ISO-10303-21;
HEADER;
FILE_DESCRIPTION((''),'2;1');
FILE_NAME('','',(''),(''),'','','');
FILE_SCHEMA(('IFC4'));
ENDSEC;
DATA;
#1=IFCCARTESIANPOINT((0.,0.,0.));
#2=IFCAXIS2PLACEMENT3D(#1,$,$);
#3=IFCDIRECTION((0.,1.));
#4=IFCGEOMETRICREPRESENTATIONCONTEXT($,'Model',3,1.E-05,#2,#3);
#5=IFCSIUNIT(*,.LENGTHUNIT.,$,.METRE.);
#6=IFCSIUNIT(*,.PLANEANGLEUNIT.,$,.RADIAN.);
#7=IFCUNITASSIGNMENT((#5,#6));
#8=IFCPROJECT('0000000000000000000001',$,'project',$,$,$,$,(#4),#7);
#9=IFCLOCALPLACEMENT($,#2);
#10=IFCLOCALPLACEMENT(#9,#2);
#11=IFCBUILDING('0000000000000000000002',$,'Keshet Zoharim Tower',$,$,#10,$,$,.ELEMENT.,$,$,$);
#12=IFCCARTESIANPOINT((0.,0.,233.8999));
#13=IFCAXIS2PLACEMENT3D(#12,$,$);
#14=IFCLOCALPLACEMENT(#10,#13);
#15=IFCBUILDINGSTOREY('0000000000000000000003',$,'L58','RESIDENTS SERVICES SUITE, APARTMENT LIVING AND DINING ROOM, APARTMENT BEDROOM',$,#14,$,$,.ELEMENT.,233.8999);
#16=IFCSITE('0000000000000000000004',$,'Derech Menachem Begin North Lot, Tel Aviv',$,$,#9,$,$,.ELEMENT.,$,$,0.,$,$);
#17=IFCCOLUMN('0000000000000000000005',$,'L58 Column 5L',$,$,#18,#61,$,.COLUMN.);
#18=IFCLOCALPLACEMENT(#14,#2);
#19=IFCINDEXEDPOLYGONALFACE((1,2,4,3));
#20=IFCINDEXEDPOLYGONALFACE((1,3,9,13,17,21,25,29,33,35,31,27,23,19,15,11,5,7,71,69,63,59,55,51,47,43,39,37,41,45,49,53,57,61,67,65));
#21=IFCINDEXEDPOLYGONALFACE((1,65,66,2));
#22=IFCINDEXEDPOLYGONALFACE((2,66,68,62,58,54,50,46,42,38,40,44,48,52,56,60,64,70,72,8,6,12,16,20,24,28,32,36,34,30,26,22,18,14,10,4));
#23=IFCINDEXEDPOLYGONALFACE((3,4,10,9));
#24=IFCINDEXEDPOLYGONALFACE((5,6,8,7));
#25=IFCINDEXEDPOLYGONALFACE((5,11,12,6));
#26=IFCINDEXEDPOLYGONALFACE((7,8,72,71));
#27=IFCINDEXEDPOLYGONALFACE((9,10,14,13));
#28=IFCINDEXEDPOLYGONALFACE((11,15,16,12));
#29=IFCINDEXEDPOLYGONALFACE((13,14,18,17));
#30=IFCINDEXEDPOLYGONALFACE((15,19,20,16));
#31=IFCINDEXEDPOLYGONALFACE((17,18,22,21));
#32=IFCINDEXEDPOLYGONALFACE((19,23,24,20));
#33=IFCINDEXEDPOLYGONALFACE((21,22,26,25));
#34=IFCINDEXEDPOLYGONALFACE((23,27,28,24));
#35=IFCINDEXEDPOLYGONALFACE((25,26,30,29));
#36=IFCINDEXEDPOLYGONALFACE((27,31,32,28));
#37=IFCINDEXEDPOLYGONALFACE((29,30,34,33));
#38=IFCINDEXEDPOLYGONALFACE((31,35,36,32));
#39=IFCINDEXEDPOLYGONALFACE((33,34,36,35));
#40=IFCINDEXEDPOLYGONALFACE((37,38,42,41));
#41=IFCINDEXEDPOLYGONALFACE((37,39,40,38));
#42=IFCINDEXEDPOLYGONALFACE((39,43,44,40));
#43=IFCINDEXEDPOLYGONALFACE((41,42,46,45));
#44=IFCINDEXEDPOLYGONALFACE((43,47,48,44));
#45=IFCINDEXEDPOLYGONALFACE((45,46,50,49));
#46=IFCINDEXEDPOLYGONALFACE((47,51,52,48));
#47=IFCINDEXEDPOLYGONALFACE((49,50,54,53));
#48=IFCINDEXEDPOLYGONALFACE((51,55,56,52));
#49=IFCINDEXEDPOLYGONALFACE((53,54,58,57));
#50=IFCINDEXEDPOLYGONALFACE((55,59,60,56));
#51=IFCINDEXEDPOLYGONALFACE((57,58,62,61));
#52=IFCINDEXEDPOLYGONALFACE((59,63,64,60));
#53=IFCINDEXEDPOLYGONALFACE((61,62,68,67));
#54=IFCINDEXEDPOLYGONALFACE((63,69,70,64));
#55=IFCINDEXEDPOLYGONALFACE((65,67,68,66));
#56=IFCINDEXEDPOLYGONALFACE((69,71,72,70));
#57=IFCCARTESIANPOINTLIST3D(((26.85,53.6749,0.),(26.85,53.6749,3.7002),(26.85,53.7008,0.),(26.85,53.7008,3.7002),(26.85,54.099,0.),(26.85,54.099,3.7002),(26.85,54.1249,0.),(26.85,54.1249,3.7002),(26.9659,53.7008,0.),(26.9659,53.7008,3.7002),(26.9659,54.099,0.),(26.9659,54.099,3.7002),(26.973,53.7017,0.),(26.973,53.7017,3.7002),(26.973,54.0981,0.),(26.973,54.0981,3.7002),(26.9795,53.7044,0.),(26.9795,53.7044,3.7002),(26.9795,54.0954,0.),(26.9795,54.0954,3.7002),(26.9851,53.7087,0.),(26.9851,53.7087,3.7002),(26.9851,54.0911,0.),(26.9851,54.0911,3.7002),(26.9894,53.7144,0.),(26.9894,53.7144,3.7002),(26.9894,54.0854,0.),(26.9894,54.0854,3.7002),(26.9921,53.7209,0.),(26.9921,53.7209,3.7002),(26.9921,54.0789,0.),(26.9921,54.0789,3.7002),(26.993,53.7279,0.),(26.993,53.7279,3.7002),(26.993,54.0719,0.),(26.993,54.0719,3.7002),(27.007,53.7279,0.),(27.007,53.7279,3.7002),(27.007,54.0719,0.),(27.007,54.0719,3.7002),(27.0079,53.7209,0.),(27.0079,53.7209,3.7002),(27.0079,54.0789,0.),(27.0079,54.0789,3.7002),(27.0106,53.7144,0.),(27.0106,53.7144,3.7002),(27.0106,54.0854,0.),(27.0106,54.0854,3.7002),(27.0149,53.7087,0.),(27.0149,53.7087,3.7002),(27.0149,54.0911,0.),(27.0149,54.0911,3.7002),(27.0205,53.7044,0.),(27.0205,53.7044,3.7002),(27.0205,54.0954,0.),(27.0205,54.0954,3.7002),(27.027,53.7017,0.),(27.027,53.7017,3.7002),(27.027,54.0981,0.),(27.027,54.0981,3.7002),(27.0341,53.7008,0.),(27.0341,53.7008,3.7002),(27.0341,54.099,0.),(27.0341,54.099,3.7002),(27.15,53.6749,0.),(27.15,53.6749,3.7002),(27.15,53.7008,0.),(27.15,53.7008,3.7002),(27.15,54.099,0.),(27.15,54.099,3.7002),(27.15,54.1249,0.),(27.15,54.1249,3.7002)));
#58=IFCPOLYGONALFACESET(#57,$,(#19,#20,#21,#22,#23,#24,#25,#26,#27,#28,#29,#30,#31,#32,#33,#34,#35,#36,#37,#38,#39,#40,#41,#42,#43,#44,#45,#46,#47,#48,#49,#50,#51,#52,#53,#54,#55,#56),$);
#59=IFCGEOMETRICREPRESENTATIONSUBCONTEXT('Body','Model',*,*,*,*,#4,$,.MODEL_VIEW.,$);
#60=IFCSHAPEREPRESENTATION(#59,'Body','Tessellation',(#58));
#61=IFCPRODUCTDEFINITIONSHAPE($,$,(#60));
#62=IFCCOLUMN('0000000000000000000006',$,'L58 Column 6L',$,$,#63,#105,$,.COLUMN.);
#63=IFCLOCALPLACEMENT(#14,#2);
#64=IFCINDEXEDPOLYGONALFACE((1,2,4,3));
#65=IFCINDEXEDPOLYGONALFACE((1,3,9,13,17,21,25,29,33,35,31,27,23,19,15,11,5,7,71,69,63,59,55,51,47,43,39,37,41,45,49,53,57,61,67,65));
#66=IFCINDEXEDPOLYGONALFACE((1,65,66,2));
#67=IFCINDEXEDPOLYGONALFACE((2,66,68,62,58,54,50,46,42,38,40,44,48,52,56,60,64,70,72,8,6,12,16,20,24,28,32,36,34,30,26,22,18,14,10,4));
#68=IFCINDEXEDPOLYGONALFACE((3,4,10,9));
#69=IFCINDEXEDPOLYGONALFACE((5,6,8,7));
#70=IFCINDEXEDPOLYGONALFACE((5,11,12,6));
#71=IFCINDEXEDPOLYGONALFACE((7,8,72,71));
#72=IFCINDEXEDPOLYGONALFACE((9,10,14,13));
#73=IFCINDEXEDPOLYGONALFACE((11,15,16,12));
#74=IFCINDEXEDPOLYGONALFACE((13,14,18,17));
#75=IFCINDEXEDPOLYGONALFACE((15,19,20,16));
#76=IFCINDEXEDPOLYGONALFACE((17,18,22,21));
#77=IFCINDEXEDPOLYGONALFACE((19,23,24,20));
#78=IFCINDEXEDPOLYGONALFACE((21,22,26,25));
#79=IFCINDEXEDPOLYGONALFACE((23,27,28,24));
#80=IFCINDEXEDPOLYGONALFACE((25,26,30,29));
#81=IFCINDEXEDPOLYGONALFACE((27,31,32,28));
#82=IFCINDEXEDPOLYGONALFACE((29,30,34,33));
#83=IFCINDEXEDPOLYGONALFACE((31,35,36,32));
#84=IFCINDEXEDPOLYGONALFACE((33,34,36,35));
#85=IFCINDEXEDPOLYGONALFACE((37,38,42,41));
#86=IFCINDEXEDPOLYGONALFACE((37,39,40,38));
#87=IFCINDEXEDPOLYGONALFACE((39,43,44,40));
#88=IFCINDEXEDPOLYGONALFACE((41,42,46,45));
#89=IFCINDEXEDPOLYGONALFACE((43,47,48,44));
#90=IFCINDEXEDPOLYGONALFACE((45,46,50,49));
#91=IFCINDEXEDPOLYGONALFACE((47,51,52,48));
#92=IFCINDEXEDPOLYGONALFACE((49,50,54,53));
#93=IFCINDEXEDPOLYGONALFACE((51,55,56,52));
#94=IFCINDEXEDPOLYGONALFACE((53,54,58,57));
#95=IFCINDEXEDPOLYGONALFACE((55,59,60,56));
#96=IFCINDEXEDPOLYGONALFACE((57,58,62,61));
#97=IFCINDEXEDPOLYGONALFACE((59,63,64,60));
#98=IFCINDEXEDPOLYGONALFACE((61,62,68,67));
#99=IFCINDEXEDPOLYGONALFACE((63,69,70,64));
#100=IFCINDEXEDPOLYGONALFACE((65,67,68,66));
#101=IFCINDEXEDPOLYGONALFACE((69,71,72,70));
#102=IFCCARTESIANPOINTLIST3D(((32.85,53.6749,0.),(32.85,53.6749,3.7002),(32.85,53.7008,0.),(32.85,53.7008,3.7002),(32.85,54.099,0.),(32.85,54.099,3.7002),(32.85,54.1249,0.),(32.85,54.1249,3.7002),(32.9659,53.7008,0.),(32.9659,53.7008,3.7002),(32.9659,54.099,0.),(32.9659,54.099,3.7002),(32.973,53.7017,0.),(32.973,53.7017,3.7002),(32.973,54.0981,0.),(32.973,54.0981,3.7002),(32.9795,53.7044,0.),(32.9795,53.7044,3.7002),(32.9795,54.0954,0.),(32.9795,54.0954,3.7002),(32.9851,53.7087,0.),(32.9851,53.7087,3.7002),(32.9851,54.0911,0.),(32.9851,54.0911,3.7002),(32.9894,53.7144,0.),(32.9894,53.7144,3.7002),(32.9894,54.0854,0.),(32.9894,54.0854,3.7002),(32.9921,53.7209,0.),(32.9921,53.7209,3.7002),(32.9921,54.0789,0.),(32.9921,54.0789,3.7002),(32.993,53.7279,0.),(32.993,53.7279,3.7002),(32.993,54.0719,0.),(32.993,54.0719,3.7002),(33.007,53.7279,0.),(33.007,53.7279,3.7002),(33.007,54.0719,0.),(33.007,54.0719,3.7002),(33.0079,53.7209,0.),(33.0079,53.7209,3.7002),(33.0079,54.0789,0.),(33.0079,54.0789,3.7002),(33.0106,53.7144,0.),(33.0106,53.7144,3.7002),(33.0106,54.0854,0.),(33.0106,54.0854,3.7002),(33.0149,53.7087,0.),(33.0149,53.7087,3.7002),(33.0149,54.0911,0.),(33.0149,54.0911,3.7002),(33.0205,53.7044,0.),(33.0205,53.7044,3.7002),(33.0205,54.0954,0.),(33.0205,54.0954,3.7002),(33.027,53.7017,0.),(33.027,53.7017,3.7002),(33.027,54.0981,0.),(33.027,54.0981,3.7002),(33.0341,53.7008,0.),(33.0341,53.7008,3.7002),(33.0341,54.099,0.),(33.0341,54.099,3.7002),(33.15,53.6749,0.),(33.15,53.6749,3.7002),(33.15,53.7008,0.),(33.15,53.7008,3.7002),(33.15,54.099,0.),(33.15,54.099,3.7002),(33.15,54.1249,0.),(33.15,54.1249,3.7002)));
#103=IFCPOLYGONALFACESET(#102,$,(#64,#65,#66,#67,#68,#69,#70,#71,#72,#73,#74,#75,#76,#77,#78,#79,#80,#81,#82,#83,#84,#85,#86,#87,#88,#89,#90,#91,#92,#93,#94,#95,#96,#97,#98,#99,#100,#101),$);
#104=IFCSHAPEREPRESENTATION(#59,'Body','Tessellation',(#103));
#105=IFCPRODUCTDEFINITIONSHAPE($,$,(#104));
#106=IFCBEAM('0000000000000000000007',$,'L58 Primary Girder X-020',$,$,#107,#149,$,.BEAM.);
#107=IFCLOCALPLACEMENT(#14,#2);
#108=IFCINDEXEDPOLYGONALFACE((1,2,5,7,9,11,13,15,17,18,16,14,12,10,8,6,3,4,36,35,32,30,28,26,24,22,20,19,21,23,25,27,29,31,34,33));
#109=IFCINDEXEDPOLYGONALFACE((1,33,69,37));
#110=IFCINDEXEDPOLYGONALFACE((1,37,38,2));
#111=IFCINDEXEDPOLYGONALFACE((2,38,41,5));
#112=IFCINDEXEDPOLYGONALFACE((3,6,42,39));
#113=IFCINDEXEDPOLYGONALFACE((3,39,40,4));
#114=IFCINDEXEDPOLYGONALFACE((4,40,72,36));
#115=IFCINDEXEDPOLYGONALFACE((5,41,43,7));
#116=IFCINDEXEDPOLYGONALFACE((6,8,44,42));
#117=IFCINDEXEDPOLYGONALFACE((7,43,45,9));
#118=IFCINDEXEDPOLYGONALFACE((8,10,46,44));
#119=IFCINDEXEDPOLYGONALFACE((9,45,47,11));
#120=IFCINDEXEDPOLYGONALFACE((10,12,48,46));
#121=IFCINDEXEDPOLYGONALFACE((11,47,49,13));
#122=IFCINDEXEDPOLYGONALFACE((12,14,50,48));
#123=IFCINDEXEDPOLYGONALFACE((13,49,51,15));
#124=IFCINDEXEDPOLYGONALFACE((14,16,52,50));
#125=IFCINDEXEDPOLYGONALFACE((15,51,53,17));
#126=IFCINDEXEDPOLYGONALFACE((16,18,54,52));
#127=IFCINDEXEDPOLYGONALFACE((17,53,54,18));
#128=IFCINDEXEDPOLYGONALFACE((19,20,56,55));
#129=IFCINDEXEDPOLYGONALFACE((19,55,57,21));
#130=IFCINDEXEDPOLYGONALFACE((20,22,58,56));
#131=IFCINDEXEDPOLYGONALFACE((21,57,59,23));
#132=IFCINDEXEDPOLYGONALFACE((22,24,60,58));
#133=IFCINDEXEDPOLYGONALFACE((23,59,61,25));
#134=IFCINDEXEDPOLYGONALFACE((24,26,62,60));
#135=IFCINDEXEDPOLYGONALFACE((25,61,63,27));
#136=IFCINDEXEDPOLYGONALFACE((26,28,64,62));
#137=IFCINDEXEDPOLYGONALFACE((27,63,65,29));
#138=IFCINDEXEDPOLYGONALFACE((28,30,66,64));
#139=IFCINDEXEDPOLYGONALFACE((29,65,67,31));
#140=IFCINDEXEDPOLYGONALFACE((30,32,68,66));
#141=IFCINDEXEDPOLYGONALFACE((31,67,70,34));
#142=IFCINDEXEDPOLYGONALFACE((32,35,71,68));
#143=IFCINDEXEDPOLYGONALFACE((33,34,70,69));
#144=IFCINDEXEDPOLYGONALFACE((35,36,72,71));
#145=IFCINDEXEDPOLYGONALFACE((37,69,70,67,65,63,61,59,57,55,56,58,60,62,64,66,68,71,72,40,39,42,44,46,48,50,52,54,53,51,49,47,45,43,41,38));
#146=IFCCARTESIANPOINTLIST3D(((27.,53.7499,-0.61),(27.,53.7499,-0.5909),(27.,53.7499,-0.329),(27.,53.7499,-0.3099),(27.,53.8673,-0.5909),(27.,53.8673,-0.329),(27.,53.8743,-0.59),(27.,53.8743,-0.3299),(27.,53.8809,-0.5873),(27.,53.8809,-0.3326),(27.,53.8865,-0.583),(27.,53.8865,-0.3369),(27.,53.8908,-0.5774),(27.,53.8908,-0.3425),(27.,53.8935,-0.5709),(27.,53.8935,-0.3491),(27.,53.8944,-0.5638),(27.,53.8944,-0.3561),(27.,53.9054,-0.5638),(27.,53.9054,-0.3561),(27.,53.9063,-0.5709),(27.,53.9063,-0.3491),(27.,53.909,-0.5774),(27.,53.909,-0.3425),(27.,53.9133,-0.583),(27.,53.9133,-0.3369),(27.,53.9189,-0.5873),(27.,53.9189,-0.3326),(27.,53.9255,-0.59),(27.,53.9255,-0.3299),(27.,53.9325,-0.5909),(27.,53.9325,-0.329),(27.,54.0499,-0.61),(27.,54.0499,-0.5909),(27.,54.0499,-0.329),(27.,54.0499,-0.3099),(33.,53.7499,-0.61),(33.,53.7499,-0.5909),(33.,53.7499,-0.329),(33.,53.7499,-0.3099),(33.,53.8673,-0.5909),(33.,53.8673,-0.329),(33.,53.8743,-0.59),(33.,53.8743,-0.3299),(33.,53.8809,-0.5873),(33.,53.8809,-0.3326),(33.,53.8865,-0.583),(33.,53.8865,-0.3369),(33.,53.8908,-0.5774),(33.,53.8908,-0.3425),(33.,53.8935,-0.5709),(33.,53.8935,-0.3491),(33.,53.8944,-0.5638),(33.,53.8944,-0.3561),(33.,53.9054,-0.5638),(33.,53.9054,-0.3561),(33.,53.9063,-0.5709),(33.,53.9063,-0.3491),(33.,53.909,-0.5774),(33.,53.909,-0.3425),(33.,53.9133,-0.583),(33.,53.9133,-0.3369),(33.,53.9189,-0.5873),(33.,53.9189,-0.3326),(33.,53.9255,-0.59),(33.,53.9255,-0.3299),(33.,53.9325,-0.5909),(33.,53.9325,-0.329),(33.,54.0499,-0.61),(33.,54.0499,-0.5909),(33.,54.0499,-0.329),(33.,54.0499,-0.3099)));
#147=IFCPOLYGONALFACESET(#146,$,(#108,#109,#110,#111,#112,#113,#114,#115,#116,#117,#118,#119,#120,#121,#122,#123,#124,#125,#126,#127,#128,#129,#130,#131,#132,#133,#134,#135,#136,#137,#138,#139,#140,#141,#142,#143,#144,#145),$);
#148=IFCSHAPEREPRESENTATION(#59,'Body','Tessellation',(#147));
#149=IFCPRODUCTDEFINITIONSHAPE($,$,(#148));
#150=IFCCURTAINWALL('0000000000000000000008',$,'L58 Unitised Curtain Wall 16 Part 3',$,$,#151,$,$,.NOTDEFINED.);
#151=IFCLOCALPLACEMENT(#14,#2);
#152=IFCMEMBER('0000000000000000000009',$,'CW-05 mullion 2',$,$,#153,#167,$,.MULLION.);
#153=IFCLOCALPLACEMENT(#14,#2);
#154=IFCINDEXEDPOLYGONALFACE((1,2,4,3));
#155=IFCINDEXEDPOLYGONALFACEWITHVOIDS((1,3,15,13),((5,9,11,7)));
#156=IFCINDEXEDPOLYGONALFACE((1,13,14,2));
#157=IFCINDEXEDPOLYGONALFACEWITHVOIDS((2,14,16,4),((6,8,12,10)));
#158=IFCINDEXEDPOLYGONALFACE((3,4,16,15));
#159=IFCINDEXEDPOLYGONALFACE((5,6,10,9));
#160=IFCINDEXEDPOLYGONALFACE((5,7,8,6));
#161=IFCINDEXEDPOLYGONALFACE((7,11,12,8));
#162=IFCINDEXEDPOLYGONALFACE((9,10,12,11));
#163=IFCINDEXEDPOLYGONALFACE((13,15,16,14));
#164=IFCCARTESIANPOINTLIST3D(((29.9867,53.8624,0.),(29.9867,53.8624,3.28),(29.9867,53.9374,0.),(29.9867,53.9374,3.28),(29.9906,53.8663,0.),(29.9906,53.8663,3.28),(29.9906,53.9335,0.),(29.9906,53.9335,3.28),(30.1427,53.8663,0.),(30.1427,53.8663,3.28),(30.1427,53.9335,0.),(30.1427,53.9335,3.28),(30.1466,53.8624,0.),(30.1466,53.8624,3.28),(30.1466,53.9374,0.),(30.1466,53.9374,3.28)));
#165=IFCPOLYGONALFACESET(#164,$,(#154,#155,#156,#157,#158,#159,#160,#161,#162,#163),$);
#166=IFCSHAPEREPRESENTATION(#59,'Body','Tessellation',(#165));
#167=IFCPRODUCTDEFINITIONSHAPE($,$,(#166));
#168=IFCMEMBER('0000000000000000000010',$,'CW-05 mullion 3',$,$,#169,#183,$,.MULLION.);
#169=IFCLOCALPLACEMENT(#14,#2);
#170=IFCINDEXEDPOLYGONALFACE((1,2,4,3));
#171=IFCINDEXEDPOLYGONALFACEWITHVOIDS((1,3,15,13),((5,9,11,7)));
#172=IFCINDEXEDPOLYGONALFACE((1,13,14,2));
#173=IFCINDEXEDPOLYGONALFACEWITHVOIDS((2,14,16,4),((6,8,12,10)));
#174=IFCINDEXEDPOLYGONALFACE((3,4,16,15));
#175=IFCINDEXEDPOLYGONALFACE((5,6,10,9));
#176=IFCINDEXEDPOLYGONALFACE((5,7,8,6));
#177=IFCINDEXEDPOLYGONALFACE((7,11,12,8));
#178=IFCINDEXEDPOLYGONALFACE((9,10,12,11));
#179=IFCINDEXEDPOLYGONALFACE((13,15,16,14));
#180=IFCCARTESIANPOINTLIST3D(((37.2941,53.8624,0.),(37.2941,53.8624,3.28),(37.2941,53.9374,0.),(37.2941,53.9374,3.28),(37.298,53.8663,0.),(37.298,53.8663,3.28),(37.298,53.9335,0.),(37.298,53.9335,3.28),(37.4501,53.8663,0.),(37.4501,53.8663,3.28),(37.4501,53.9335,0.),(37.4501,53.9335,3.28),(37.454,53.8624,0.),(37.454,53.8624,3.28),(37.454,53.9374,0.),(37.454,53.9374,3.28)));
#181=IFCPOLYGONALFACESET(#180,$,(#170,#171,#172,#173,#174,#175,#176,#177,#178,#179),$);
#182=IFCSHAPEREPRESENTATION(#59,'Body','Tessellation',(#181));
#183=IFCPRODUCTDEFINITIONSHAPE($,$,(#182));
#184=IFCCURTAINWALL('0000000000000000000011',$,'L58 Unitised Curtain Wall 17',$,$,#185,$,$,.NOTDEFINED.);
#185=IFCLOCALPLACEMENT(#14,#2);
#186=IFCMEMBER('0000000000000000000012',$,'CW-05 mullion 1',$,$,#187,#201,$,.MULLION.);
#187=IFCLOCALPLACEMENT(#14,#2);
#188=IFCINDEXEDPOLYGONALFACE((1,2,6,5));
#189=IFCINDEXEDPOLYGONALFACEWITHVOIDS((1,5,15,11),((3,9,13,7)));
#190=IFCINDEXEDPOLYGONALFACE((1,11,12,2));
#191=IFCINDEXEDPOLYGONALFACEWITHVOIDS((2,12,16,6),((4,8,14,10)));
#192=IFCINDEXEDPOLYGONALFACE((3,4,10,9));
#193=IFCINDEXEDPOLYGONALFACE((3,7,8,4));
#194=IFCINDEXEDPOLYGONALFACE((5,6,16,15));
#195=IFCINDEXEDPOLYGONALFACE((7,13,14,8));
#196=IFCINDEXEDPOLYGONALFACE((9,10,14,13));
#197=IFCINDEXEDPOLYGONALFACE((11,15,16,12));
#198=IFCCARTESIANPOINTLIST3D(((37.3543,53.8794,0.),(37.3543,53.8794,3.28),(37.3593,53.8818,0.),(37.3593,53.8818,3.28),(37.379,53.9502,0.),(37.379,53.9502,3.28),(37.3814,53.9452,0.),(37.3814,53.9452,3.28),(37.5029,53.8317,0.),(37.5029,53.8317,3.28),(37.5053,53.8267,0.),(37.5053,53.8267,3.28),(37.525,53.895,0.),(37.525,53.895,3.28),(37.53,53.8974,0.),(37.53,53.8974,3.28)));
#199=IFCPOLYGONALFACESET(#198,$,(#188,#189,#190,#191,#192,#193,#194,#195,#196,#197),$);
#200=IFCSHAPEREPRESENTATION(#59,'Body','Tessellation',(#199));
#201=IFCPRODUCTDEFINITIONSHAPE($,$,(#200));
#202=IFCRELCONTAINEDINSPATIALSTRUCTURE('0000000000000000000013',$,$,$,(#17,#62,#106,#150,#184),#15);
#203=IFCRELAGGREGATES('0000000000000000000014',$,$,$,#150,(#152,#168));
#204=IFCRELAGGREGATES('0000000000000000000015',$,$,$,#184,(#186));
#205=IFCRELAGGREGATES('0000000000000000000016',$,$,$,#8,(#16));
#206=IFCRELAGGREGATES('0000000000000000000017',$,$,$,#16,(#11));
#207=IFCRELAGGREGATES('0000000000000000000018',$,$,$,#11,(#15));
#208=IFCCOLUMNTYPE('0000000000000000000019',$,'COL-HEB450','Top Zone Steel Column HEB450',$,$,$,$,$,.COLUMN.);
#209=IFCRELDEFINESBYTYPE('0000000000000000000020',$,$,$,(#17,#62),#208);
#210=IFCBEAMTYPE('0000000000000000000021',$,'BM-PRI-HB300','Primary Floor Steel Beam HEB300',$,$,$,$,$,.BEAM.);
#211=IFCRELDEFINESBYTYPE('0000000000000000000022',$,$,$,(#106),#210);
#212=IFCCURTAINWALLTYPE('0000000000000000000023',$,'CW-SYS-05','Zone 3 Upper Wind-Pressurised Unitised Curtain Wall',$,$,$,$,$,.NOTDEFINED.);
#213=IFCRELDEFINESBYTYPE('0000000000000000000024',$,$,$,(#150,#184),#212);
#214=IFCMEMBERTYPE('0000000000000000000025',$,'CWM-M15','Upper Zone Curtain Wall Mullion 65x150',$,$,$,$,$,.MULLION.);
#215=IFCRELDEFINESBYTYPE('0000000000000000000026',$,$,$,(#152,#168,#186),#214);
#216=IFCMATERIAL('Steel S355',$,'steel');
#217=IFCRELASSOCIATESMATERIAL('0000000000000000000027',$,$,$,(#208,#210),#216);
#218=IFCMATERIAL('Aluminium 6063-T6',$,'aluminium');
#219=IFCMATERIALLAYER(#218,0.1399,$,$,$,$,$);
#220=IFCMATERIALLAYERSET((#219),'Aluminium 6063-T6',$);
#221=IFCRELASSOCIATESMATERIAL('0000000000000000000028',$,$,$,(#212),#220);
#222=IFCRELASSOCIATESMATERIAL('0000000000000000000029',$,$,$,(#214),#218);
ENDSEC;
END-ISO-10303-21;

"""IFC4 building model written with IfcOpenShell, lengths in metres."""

from ifc_helpers import new_model, si_unit, direction, frame, origin, origin_2d, place, context, subcontext, project, spatial, hollow_rectangle, i_section, extrude, material, layer, layer_set, material_profile, profile_set, type_object, element, aggregate, save


model = new_model("IFC4")

# Units and contexts
model_context = context("Model", 3, precision=1e-05, world=origin(), true_north=direction((0.0, 1.0)))
body_context = subcontext(model_context, "Body", "Model", "MODEL_VIEW")
ifc_project = project(units=[si_unit("LENGTHUNIT", "METRE"), si_unit("PLANEANGLEUNIT", "RADIAN")], contexts=[model_context])

# Site, building, storey
site_placement = place(None, origin())
site = spatial("IfcSite", under=ifc_project, at=site_placement, Name="Derech Menachem Begin North Lot, Tel Aviv", CompositionType="ELEMENT", RefElevation=0.0)
building_placement = place(site_placement, origin())
building = spatial("IfcBuilding", under=site, at=building_placement, Name="Keshet Zoharim Tower", CompositionType="ELEMENT")
storey_placement = place(building_placement, frame((0.0, 0.0, 233.8999)))
storey = spatial("IfcBuildingStorey", under=building, at=storey_placement, Name="L58", Description="RESIDENTS SERVICES SUITE, APARTMENT LIVING AND DINING ROOM, APARTMENT BEDROOM", CompositionType="ELEMENT", Elevation=233.8999)

# Columns
ifc_material_1 = material(Name="Steel S355", Category="steel")
ifc_material_profile_1 = material_profile(ifc_material_1, i_section(OverallWidth=0.3, OverallDepth=0.45, WebThickness=0.0139, FlangeThickness=0.0259, FilletRadius=0.0271, at=origin_2d()), Name="HEB450")
ifc_profile_set_1 = profile_set([ifc_material_profile_1], Name="Steel S355")
column_type = type_object("IfcColumnType", Name="COL-HEB450", Description="Top Zone Steel Column HEB450", PredefinedType="COLUMN", material=ifc_profile_set_1)
for number, where, z_axis, x_axis, name in (
    (1, (27.0, 53.8999, 0.0), (0.0, 0.0, 1.0), (1.0, 0.0, 0.0), "L58 Column 5L"),
    (2, (33.0, 53.8999, 0.0), (0.0, 0.0, 1.0), (1.0, 0.0, 0.0), "L58 Column 6L"),
):
    element("IfcColumn", number, at=place(storey_placement, frame(where, z_axis=z_axis, x_axis=x_axis)), inside=storey, type_object=column_type, Name=name, PredefinedType="COLUMN", context=body_context, shape_type="SweptSolid", body=[
        extrude(i_section(OverallWidth=0.3, OverallDepth=0.45, WebThickness=0.0139, FlangeThickness=0.0259, FilletRadius=0.0271, at=origin_2d()), origin(), (0.0, 0.0, 1.0), 3.7002),
    ])

# Beam
ifc_material_profile_2 = material_profile(ifc_material_1, i_section(OverallWidth=0.3, OverallDepth=0.3, WebThickness=0.011, FlangeThickness=0.019, FilletRadius=0.0271, at=origin_2d()), Name="HEB300")
ifc_profile_set_2 = profile_set([ifc_material_profile_2], Name="Steel S355")
beam_type = type_object("IfcBeamType", Name="BM-PRI-HB300", Description="Primary Floor Steel Beam HEB300", PredefinedType="BEAM", material=ifc_profile_set_2)
beam_placement = place(storey_placement, frame((27.0, 53.8999, -0.46), z_axis=(1.0, 0.0, 0.0), x_axis=(0.0, 1.0, 0.0)))
element("IfcBeam", 3, at=beam_placement, inside=storey, type_object=beam_type, Name="L58 Primary Girder X-020", PredefinedType="BEAM", context=body_context, shape_type="SweptSolid", body=[
    extrude(i_section(OverallWidth=0.3, OverallDepth=0.3, WebThickness=0.011, FlangeThickness=0.019, FilletRadius=0.0271, at=origin_2d()), origin(), (0.0, 0.0, 1.0), 6.0),
])

# Curtain walls, members
ifc_material_2 = material(Name="Aluminium 6063-T6", Category="aluminium")
ifc_layer_1 = layer(ifc_material_2, 0.1399)
ifc_layer_set_1 = layer_set([ifc_layer_1], Name="Aluminium 6063-T6")
curtain_wall_type = type_object("IfcCurtainWallType", Name="CW-SYS-05", Description="Zone 3 Upper Wind-Pressurised Unitised Curtain Wall", PredefinedType="NOTDEFINED", material=ifc_layer_set_1)
curtain_wall_1_placement = place(storey_placement, origin())
curtain_wall_1 = element("IfcCurtainWall", 4, at=curtain_wall_1_placement, inside=storey, type_object=curtain_wall_type, Name="L58 Unitised Curtain Wall 16 Part 3", PredefinedType="NOTDEFINED")
ifc_material_profile_3 = material_profile(ifc_material_2, hollow_rectangle(XDim=0.075, YDim=0.1599, WallThickness=0.0039, at=origin_2d()), Name="MUL-75x160")
ifc_profile_set_3 = profile_set([ifc_material_profile_3], Name="Aluminium 6063-T6")
member_type_1 = type_object("IfcMemberType", Name="CWM-M15", Description="Upper Zone Curtain Wall Mullion 65x150", PredefinedType="MULLION", material=ifc_profile_set_3)
member_1_placement = place(storey_placement, frame((30.0667, 53.8999, 0.0), z_axis=(0.0, 0.0, 1.0), x_axis=(0.0, 1.0, 0.0)))
member_1 = element("IfcMember", 5, at=member_1_placement, type_object=member_type_1, Name="CW-05 mullion 2", PredefinedType="MULLION", context=body_context, shape_type="SweptSolid", body=[
    extrude(hollow_rectangle(XDim=0.075, YDim=0.1599, WallThickness=0.0039, at=origin_2d()), origin(), (0.0, 0.0, 1.0), 3.28),
])
member_2_placement = place(storey_placement, frame((37.374, 53.8999, 0.0), z_axis=(0.0, 0.0, 1.0), x_axis=(0.0, 1.0, 0.0)))
member_2 = element("IfcMember", 6, at=member_2_placement, type_object=member_type_1, Name="CW-05 mullion 3", PredefinedType="MULLION", context=body_context, shape_type="SweptSolid", body=[
    extrude(hollow_rectangle(XDim=0.075, YDim=0.1599, WallThickness=0.0039, at=origin_2d()), origin(), (0.0, 0.0, 1.0), 3.28),
])
curtain_wall_2_placement = place(storey_placement, origin())
curtain_wall_2 = element("IfcCurtainWall", 7, at=curtain_wall_2_placement, inside=storey, type_object=curtain_wall_type, Name="L58 Unitised Curtain Wall 17", PredefinedType="NOTDEFINED")
member_3_placement = place(storey_placement, frame((37.4421, 53.8884, 0.0), z_axis=(0.0, 0.0, 1.0), x_axis=(0.329844, 0.944036, 0.0)))
member_3 = element("IfcMember", 8, at=member_3_placement, type_object=member_type_1, Name="CW-05 mullion 1", PredefinedType="MULLION", context=body_context, shape_type="SweptSolid", body=[
    extrude(hollow_rectangle(XDim=0.075, YDim=0.1599, WallThickness=0.0039, at=origin_2d()), origin(), (0.0, 0.0, 1.0), 3.28),
])

aggregate(curtain_wall_1, [member_1, member_2])
aggregate(curtain_wall_2, [member_3])

save(model, "model.ifc")
